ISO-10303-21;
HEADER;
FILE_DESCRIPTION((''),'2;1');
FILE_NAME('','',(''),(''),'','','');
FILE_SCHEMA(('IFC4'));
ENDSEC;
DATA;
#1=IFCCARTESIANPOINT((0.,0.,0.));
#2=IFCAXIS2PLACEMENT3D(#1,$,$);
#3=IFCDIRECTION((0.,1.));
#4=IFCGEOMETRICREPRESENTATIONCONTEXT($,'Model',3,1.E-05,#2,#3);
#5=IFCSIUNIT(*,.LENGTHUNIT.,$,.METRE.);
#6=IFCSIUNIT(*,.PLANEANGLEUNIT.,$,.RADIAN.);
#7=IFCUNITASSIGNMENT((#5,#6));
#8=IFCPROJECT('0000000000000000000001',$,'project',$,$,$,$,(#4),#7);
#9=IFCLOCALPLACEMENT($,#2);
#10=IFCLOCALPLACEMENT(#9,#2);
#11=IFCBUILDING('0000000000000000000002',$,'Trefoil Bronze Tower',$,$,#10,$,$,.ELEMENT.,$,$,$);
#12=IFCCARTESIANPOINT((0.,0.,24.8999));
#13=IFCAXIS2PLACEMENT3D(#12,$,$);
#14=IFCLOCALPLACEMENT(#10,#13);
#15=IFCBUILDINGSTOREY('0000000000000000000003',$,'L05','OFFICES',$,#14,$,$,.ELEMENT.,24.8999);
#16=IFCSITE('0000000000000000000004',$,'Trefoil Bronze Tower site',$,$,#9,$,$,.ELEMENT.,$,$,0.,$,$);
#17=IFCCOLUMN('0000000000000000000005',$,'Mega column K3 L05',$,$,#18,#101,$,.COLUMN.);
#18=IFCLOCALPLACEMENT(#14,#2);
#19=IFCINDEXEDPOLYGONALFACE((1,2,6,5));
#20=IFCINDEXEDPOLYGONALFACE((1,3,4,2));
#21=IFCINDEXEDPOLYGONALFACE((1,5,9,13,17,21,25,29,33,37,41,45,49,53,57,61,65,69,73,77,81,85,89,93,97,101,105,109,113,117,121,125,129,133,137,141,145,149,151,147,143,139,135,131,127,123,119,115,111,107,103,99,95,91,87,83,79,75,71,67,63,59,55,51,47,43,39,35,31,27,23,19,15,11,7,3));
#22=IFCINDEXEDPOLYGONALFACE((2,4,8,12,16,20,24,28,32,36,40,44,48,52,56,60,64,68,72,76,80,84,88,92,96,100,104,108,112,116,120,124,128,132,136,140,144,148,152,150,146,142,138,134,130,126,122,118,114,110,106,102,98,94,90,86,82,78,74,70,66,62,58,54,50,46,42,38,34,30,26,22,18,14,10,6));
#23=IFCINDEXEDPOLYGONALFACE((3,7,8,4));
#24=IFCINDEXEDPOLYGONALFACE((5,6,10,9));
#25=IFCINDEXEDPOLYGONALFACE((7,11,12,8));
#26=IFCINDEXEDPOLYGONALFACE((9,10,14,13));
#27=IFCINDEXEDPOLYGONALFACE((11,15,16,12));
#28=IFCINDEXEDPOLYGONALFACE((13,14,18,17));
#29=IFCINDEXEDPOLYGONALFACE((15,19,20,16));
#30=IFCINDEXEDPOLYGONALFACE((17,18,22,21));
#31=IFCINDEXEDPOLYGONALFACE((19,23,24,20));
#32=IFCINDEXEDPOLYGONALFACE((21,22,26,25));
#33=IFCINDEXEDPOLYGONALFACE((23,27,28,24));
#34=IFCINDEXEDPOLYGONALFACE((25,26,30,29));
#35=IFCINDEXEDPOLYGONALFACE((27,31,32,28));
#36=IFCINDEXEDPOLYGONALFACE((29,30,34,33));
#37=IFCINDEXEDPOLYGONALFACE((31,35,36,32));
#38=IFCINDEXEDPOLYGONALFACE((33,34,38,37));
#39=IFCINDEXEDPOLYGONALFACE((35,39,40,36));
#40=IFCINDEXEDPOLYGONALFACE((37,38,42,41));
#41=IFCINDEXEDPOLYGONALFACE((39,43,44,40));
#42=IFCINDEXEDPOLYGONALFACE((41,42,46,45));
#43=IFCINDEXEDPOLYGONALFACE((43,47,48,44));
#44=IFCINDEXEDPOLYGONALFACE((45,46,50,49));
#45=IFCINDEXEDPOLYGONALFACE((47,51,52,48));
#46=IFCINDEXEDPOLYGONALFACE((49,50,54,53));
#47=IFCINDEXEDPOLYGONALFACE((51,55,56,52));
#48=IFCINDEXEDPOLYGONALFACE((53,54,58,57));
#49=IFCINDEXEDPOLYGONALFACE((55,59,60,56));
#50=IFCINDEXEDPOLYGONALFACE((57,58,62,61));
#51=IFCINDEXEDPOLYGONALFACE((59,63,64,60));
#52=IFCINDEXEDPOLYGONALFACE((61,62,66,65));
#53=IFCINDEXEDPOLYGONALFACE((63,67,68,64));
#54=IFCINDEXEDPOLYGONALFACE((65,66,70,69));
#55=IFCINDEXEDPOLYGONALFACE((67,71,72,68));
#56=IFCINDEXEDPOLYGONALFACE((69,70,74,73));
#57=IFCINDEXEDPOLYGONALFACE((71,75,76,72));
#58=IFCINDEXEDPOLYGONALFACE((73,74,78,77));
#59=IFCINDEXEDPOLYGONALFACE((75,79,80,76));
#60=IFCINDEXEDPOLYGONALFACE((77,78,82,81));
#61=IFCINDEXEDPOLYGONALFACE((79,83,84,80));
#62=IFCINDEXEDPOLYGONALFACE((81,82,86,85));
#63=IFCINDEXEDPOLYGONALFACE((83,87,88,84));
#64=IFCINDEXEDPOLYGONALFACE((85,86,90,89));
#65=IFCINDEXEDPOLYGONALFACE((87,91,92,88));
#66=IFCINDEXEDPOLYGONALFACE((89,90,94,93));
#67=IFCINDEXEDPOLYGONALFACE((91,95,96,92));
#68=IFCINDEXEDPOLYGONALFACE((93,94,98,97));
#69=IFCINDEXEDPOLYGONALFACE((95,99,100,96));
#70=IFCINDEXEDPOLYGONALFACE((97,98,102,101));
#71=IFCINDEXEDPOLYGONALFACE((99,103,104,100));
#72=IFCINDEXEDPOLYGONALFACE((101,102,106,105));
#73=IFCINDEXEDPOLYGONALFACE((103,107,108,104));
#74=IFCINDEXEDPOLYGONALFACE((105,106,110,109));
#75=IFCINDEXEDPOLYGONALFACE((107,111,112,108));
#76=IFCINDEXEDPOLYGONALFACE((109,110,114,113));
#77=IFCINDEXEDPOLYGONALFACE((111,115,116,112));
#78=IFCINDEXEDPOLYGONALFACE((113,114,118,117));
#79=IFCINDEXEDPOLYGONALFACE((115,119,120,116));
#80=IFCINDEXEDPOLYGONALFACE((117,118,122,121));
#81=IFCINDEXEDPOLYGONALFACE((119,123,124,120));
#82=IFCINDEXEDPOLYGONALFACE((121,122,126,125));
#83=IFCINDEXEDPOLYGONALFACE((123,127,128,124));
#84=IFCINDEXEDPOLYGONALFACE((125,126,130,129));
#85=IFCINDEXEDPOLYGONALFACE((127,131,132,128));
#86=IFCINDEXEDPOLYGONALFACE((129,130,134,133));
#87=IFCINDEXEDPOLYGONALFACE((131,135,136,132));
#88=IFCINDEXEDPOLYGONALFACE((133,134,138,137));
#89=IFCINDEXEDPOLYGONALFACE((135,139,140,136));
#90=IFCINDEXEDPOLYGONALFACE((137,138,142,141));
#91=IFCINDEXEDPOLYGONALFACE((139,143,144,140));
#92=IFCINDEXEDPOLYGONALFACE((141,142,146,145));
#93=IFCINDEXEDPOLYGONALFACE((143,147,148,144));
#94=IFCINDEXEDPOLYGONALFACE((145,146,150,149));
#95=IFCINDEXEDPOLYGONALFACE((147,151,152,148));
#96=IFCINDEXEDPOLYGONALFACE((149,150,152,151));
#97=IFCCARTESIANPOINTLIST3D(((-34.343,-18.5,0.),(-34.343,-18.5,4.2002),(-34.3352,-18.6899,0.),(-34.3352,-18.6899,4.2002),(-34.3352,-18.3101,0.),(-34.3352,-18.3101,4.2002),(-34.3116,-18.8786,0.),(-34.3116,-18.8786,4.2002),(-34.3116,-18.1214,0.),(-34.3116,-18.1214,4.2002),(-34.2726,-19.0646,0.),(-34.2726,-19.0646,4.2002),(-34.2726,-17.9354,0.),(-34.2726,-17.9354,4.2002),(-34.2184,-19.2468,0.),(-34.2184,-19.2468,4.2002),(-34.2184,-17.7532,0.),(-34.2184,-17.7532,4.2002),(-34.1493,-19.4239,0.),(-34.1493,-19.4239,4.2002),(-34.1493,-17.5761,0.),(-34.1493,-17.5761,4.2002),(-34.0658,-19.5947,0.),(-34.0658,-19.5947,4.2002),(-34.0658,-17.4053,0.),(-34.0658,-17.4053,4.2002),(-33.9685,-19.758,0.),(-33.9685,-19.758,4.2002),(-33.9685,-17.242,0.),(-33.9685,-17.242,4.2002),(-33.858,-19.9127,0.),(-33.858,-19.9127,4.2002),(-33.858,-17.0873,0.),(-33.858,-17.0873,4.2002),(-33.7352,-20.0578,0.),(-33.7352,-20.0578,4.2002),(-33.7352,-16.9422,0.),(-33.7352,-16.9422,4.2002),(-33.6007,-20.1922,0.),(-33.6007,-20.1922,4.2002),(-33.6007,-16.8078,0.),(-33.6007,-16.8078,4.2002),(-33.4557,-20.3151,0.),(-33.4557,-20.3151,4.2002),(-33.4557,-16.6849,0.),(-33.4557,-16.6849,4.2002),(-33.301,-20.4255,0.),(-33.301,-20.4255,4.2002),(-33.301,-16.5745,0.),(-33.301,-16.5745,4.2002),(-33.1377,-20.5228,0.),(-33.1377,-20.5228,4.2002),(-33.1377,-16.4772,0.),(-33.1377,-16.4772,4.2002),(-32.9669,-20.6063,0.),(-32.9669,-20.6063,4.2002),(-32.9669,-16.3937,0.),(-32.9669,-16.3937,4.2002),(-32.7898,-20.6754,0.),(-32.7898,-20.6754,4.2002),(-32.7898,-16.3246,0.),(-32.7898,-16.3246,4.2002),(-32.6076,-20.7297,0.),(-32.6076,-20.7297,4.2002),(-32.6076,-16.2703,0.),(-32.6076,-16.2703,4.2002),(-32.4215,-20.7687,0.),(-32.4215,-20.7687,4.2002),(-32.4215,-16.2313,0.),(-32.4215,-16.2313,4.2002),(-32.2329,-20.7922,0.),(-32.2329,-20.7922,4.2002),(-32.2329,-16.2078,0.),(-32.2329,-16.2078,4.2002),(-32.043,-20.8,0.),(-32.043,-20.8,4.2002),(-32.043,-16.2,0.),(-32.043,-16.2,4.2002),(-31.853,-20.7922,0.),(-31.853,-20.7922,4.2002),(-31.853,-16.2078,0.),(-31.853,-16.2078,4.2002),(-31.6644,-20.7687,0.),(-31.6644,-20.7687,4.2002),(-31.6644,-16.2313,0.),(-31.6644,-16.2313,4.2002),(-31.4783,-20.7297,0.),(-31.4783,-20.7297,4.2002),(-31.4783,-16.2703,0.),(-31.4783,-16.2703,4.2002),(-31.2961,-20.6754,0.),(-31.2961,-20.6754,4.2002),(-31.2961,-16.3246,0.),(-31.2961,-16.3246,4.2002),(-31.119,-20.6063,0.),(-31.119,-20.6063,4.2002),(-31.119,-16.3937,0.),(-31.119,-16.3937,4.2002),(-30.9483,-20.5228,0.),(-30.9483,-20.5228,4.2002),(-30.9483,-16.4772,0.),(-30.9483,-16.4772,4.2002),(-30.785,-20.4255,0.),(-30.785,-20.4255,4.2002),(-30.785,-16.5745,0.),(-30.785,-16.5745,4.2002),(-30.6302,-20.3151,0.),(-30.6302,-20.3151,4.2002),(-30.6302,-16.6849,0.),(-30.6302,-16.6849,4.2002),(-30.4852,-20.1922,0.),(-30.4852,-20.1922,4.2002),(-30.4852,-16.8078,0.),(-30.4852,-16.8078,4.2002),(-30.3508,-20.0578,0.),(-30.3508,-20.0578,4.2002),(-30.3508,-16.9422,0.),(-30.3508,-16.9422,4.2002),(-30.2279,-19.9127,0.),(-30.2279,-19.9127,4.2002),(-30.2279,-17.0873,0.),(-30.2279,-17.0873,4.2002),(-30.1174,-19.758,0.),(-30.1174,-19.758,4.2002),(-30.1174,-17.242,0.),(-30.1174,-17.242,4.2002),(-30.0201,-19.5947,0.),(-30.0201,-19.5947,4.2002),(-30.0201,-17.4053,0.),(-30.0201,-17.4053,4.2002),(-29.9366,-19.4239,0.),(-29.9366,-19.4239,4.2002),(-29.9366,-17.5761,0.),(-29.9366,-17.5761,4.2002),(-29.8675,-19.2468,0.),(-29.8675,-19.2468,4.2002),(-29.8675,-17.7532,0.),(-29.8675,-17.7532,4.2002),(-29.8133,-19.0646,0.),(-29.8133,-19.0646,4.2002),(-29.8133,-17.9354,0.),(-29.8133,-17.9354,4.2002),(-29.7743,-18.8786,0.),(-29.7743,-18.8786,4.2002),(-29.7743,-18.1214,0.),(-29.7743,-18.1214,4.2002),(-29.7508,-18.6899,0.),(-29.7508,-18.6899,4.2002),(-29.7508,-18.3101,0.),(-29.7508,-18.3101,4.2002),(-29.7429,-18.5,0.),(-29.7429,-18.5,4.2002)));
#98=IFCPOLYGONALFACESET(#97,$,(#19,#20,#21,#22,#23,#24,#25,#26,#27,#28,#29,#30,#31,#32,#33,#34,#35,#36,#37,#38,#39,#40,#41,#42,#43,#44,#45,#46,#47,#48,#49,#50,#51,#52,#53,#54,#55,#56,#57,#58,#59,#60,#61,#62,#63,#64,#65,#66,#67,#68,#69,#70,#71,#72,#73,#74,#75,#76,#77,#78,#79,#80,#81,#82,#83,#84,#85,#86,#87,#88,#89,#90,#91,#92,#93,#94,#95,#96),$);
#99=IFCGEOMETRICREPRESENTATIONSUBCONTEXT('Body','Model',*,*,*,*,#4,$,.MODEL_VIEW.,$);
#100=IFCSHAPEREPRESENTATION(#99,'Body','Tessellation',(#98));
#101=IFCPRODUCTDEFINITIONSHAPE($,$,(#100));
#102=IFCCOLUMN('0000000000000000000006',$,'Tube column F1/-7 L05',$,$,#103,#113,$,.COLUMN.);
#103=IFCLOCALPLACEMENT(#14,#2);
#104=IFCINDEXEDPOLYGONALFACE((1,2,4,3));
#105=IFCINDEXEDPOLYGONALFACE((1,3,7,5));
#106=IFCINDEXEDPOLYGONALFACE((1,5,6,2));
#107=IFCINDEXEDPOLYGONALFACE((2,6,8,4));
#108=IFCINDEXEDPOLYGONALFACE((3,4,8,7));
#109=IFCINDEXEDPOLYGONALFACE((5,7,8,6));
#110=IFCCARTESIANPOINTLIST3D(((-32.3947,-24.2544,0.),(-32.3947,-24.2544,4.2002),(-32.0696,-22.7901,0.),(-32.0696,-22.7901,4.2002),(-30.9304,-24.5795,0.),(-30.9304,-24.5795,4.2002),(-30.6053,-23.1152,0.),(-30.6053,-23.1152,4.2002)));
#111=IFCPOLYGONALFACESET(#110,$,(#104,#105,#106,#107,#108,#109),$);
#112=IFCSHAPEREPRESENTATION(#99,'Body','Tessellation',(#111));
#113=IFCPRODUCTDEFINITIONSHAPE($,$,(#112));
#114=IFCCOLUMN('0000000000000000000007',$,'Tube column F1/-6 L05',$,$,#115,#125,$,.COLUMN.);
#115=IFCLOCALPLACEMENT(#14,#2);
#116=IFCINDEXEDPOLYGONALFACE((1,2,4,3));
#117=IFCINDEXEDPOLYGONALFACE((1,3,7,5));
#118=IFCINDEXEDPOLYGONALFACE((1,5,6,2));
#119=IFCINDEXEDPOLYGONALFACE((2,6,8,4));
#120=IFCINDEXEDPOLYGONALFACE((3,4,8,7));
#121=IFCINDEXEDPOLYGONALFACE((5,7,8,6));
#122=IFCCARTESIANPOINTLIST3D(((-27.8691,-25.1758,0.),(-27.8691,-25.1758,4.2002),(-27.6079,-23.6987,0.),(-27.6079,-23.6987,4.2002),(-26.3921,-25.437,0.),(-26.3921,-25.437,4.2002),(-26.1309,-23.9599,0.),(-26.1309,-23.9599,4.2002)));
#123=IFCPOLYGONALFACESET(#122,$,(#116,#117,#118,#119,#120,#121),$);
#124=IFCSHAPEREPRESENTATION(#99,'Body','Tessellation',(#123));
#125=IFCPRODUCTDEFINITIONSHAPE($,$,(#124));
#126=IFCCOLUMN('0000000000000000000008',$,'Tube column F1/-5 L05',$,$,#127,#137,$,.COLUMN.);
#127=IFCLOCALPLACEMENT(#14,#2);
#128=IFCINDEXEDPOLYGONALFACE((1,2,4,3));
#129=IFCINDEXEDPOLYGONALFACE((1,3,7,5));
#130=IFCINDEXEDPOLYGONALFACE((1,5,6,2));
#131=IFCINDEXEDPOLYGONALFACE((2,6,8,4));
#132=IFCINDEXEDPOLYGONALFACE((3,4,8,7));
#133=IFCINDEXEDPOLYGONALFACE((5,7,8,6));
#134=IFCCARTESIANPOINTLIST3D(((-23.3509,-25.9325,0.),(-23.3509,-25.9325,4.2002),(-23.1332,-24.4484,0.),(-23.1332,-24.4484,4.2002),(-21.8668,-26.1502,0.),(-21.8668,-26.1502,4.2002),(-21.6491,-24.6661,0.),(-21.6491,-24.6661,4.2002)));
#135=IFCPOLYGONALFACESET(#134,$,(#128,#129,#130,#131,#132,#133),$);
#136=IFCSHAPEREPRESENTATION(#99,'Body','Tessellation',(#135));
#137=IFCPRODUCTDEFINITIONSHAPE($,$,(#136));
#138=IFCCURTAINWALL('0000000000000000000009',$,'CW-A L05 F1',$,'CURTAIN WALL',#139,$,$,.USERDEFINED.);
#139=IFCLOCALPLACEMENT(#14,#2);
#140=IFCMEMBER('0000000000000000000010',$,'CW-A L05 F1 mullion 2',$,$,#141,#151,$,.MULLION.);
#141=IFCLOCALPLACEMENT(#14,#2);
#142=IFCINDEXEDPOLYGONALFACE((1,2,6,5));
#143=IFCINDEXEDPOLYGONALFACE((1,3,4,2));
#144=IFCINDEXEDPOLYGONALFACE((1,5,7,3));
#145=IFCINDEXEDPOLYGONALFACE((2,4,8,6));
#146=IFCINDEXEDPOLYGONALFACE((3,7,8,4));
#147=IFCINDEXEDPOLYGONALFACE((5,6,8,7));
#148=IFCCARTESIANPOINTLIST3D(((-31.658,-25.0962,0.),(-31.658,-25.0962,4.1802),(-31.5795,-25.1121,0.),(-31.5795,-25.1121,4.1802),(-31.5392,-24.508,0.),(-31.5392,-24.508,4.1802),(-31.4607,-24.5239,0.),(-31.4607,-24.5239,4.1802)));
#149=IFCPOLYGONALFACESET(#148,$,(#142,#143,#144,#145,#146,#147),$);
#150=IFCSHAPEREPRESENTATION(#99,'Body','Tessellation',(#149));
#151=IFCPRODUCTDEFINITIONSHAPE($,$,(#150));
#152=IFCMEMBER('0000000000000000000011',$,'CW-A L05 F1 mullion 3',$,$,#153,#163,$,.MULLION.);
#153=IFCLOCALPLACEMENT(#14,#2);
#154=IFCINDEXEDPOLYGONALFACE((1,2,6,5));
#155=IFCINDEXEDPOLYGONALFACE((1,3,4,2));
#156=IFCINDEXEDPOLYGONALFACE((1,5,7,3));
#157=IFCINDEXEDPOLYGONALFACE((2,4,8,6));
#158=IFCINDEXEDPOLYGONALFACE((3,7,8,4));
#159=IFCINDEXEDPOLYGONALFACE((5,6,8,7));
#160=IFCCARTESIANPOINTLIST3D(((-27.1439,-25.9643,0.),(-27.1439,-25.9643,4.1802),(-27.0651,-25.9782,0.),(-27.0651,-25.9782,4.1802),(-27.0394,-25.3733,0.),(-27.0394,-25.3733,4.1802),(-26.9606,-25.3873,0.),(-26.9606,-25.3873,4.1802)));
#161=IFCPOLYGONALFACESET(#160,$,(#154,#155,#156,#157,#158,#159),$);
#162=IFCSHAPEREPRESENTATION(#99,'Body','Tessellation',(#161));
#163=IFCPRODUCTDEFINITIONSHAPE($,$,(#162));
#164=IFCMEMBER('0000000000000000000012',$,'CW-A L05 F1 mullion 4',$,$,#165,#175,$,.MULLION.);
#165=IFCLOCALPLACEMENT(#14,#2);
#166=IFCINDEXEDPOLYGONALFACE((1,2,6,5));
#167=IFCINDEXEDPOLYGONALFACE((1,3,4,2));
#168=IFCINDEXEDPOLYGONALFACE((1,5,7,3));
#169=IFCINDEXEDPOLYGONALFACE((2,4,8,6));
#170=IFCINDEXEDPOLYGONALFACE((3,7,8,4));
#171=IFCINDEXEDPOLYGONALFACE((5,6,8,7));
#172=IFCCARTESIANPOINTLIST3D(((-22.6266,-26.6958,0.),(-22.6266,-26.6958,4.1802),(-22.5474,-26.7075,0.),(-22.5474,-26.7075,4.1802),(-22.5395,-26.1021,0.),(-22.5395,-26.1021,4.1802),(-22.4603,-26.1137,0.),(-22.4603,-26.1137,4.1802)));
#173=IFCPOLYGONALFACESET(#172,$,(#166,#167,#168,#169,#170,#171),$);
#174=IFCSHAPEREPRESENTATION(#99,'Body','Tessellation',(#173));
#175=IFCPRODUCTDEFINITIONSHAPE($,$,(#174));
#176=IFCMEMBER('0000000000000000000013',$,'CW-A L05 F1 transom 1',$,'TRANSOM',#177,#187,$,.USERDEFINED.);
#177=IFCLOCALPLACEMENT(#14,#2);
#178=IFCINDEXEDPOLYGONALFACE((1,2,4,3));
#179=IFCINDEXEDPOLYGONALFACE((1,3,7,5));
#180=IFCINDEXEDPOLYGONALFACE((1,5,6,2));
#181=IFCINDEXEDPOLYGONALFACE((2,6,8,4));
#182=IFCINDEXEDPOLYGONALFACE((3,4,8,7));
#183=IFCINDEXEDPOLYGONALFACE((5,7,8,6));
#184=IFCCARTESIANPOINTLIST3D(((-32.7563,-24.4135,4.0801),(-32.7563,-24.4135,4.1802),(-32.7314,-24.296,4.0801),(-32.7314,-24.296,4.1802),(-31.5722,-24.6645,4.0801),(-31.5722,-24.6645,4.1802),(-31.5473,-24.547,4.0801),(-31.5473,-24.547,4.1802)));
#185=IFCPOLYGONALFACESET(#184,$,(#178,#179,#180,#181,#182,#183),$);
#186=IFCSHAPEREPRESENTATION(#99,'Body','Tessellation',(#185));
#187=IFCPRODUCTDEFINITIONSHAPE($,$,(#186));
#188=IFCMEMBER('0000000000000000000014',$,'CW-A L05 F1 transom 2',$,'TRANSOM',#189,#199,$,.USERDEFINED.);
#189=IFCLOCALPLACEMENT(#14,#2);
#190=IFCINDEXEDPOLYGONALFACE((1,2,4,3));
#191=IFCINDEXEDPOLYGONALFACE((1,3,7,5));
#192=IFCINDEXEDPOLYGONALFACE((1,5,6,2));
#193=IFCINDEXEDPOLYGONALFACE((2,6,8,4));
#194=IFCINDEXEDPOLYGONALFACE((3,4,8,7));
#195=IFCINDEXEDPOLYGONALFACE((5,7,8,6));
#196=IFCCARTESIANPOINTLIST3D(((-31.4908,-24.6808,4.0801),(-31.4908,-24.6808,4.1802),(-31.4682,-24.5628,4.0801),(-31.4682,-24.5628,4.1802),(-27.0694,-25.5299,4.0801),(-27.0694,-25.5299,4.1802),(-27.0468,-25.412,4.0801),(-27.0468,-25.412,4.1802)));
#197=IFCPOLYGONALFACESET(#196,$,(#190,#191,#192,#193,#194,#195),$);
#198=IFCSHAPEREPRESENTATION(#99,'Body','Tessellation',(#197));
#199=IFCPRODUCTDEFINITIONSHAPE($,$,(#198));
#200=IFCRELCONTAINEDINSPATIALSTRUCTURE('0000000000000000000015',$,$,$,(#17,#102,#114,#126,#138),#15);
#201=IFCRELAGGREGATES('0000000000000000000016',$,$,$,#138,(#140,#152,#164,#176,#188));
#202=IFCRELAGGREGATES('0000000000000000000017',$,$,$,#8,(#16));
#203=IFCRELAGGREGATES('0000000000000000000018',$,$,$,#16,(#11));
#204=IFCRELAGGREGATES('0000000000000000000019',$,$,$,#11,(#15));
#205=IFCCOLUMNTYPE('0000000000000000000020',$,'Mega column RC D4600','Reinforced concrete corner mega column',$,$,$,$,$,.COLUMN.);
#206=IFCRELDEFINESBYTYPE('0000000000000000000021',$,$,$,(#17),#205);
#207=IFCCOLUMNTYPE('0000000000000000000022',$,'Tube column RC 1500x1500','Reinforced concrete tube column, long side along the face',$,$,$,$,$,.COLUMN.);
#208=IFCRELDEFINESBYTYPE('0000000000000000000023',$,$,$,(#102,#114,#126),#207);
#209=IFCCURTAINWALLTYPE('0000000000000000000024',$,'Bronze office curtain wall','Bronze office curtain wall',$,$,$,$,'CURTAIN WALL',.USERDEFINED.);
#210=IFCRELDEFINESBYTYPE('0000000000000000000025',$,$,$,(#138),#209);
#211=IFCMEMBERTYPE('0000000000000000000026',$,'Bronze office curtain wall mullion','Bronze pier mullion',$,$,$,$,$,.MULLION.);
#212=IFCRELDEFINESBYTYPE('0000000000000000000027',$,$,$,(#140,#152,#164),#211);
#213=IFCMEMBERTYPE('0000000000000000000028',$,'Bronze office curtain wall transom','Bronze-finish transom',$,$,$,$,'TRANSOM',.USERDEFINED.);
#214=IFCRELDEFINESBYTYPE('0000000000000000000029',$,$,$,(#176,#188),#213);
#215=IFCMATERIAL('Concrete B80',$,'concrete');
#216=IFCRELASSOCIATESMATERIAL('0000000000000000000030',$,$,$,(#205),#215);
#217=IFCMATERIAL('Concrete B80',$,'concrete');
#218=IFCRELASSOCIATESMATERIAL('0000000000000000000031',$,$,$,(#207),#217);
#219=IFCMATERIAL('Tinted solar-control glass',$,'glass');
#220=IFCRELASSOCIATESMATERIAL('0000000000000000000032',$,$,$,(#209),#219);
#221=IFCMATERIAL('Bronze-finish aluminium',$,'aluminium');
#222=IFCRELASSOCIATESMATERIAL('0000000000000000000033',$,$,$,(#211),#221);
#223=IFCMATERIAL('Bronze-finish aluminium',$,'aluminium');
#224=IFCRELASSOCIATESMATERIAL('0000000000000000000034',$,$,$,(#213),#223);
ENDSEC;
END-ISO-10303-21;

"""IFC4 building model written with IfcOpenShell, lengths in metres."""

from ifc_helpers import new_model, si_unit, direction, frame, origin, origin_2d, place, context, subcontext, project, spatial, rectangle, circle, extrude, material, material_profile, profile_set, type_object, element, aggregate, save


model = new_model("IFC4")

# Units and contexts
model_context = context("Model", 3, precision=1e-05, world=origin(), true_north=direction((0.0, 1.0)))
body_context = subcontext(model_context, "Body", "Model", "MODEL_VIEW")
ifc_project = project(units=[si_unit("LENGTHUNIT", "METRE"), si_unit("PLANEANGLEUNIT", "RADIAN")], contexts=[model_context])

# Site, building, storey
site_placement = place(None, origin())
site = spatial("IfcSite", under=ifc_project, at=site_placement, Name="Trefoil Bronze Tower site", CompositionType="ELEMENT", RefElevation=0.0)
building_placement = place(site_placement, origin())
building = spatial("IfcBuilding", under=site, at=building_placement, Name="Trefoil Bronze Tower", CompositionType="ELEMENT")
storey_placement = place(building_placement, frame((0.0, 0.0, 24.8999)))
storey = spatial("IfcBuildingStorey", under=building, at=storey_placement, Name="L05", Description="OFFICES", CompositionType="ELEMENT", Elevation=24.8999)

# Columns
ifc_material_1 = material(Name="Concrete B80", Category="concrete")
ifc_material_profile_1 = material_profile(ifc_material_1, circle(Radius=2.3, at=origin_2d()), Name="RC D4600")
ifc_profile_set_1 = profile_set([ifc_material_profile_1], Name="Concrete B80")
column_type_1 = type_object("IfcColumnType", Name="Mega column RC D4600", Description="Reinforced concrete corner mega column", PredefinedType="COLUMN", material=ifc_profile_set_1)
column_placement = place(storey_placement, frame((-32.043, -18.5, 0.0), z_axis=(0.0, 0.0, 1.0), x_axis=(1.0, 0.0, 0.0)))
element("IfcColumn", 1, at=column_placement, inside=storey, type_object=column_type_1, Name="Mega column K3 L05", PredefinedType="COLUMN", context=body_context, shape_type="SweptSolid", body=[
    extrude(circle(Radius=2.3, at=origin_2d()), origin(), (0.0, 0.0, 1.0), 4.2002),
])
ifc_material_2 = material(Name="Concrete B80", Category="concrete")
ifc_material_profile_2 = material_profile(ifc_material_2, rectangle(XDim=1.5, YDim=1.5, at=origin_2d()), Name="RC 1500x1500")
ifc_profile_set_2 = profile_set([ifc_material_profile_2], Name="Concrete B80")
column_type_2 = type_object("IfcColumnType", Name="Tube column RC 1500x1500", Description="Reinforced concrete tube column, long side along the face", PredefinedType="COLUMN", material=ifc_profile_set_2)
for number, where, z_axis, x_axis, name in (
    (2, (-31.5, -23.6848, 0.0), (0.0, 0.0, 1.0), (0.97623, -0.216739, 0.0), "Tube column F1/-7 L05"),
    (3, (-27.0, -24.5679, 0.0), (0.0, 0.0, 1.0), (0.984722, -0.174131, 0.0), "Tube column F1/-6 L05"),
    (4, (-22.5, -25.2993, 0.0), (0.0, 0.0, 1.0), (0.989416, -0.145109, 0.0), "Tube column F1/-5 L05"),
):
    element("IfcColumn", number, at=place(storey_placement, frame(where, z_axis=z_axis, x_axis=x_axis)), inside=storey, type_object=column_type_2, Name=name, PredefinedType="COLUMN", context=body_context, shape_type="SweptSolid", body=[
        extrude(rectangle(XDim=1.5, YDim=1.5, at=origin_2d()), origin(), (0.0, 0.0, 1.0), 4.2002),
    ])

# Curtain wall, members
ifc_material_3 = material(Name="Tinted solar-control glass", Category="glass")
curtain_wall_type_1 = type_object("IfcCurtainWallType", Name="Bronze office curtain wall", Description="Bronze office curtain wall", ElementType="CURTAIN WALL", PredefinedType="USERDEFINED", material=ifc_material_3)
curtain_wall_1_placement = place(storey_placement, origin())
curtain_wall_1 = element("IfcCurtainWall", 5, at=curtain_wall_1_placement, inside=storey, type_object=curtain_wall_type_1, Name="CW-A L05 F1", ObjectType="CURTAIN WALL", PredefinedType="USERDEFINED")
ifc_material_4 = material(Name="Bronze-finish aluminium", Category="aluminium")
ifc_material_profile_3 = material_profile(ifc_material_4, rectangle(XDim=0.6001, YDim=0.0801, at=origin_2d()), Name="CW-A mullion")
ifc_profile_set_3 = profile_set([ifc_material_profile_3], Name="Bronze-finish aluminium")
member_type_1 = type_object("IfcMemberType", Name="Bronze office curtain wall mullion", Description="Bronze pier mullion", PredefinedType="MULLION", material=ifc_profile_set_3)
member_1_placement = place(storey_placement, frame((-31.5593, -24.8101, 0.0), z_axis=(0.0, 0.0, 1.0), x_axis=(0.19791, 0.98022, 0.0)))
member_1 = element("IfcMember", 6, at=member_1_placement, type_object=member_type_1, Name="CW-A L05 F1 mullion 2", PredefinedType="MULLION", context=body_context, shape_type="SweptSolid", body=[
    extrude(rectangle(XDim=0.6001, YDim=0.0801, at=origin_2d()), origin(), (0.0, 0.0, 1.0), 4.1802),
])
member_2_placement = place(storey_placement, frame((-27.0522, -25.6758, 0.0), z_axis=(0.0, 0.0, 1.0), x_axis=(0.174131, 0.984722, 0.0)))
member_2 = element("IfcMember", 7, at=member_2_placement, type_object=member_type_1, Name="CW-A L05 F1 mullion 3", PredefinedType="MULLION", context=body_context, shape_type="SweptSolid", body=[
    extrude(rectangle(XDim=0.6001, YDim=0.0801, at=origin_2d()), origin(), (0.0, 0.0, 1.0), 4.1802),
])
member_3_placement = place(storey_placement, frame((-22.5435, -26.4048, 0.0), z_axis=(0.0, 0.0, 1.0), x_axis=(0.145109, 0.989416, 0.0)))
member_3 = element("IfcMember", 8, at=member_3_placement, type_object=member_type_1, Name="CW-A L05 F1 mullion 4", PredefinedType="MULLION", context=body_context, shape_type="SweptSolid", body=[
    extrude(rectangle(XDim=0.6001, YDim=0.0801, at=origin_2d()), origin(), (0.0, 0.0, 1.0), 4.1802),
])
ifc_material_5 = material(Name="Bronze-finish aluminium", Category="aluminium")
ifc_material_profile_4 = material_profile(ifc_material_5, rectangle(XDim=0.1201, YDim=0.1001, at=origin_2d()), Name="CW-A transom")
ifc_profile_set_4 = profile_set([ifc_material_profile_4], Name="Bronze-finish aluminium")
member_type_2 = type_object("IfcMemberType", Name="Bronze office curtain wall transom", Description="Bronze-finish transom", ElementType="TRANSOM", PredefinedType="USERDEFINED", material=ifc_profile_set_4)
member_4_placement = place(storey_placement, frame((-32.7439, -24.3547, 4.1301), z_axis=(0.978266, -0.207352, 0.0), x_axis=(0.207352, 0.978266, 0.0)))
member_4 = element("IfcMember", 9, at=member_4_placement, type_object=member_type_2, Name="CW-A L05 F1 transom 1", ObjectType="TRANSOM", PredefinedType="USERDEFINED", context=body_context, shape_type="SweptSolid", body=[
    extrude(rectangle(XDim=0.1201, YDim=0.1001, at=origin_2d()), origin(), (0.0, 0.0, 1.0), 1.2104),
])
member_5_placement = place(storey_placement, frame((-31.4795, -24.6218, 4.1301), z_axis=(0.982054, -0.188602, 0.0), x_axis=(0.188602, 0.982054, 0.0)))
member_5 = element("IfcMember", 10, at=member_5_placement, type_object=member_type_2, Name="CW-A L05 F1 transom 2", ObjectType="TRANSOM", PredefinedType="USERDEFINED", context=body_context, shape_type="SweptSolid", body=[
    extrude(rectangle(XDim=0.1201, YDim=0.1001, at=origin_2d()), origin(), (0.0, 0.0, 1.0), 4.5022),
])

aggregate(curtain_wall_1, [member_1, member_2, member_3, member_4, member_5])

save(model, "model.ifc")
